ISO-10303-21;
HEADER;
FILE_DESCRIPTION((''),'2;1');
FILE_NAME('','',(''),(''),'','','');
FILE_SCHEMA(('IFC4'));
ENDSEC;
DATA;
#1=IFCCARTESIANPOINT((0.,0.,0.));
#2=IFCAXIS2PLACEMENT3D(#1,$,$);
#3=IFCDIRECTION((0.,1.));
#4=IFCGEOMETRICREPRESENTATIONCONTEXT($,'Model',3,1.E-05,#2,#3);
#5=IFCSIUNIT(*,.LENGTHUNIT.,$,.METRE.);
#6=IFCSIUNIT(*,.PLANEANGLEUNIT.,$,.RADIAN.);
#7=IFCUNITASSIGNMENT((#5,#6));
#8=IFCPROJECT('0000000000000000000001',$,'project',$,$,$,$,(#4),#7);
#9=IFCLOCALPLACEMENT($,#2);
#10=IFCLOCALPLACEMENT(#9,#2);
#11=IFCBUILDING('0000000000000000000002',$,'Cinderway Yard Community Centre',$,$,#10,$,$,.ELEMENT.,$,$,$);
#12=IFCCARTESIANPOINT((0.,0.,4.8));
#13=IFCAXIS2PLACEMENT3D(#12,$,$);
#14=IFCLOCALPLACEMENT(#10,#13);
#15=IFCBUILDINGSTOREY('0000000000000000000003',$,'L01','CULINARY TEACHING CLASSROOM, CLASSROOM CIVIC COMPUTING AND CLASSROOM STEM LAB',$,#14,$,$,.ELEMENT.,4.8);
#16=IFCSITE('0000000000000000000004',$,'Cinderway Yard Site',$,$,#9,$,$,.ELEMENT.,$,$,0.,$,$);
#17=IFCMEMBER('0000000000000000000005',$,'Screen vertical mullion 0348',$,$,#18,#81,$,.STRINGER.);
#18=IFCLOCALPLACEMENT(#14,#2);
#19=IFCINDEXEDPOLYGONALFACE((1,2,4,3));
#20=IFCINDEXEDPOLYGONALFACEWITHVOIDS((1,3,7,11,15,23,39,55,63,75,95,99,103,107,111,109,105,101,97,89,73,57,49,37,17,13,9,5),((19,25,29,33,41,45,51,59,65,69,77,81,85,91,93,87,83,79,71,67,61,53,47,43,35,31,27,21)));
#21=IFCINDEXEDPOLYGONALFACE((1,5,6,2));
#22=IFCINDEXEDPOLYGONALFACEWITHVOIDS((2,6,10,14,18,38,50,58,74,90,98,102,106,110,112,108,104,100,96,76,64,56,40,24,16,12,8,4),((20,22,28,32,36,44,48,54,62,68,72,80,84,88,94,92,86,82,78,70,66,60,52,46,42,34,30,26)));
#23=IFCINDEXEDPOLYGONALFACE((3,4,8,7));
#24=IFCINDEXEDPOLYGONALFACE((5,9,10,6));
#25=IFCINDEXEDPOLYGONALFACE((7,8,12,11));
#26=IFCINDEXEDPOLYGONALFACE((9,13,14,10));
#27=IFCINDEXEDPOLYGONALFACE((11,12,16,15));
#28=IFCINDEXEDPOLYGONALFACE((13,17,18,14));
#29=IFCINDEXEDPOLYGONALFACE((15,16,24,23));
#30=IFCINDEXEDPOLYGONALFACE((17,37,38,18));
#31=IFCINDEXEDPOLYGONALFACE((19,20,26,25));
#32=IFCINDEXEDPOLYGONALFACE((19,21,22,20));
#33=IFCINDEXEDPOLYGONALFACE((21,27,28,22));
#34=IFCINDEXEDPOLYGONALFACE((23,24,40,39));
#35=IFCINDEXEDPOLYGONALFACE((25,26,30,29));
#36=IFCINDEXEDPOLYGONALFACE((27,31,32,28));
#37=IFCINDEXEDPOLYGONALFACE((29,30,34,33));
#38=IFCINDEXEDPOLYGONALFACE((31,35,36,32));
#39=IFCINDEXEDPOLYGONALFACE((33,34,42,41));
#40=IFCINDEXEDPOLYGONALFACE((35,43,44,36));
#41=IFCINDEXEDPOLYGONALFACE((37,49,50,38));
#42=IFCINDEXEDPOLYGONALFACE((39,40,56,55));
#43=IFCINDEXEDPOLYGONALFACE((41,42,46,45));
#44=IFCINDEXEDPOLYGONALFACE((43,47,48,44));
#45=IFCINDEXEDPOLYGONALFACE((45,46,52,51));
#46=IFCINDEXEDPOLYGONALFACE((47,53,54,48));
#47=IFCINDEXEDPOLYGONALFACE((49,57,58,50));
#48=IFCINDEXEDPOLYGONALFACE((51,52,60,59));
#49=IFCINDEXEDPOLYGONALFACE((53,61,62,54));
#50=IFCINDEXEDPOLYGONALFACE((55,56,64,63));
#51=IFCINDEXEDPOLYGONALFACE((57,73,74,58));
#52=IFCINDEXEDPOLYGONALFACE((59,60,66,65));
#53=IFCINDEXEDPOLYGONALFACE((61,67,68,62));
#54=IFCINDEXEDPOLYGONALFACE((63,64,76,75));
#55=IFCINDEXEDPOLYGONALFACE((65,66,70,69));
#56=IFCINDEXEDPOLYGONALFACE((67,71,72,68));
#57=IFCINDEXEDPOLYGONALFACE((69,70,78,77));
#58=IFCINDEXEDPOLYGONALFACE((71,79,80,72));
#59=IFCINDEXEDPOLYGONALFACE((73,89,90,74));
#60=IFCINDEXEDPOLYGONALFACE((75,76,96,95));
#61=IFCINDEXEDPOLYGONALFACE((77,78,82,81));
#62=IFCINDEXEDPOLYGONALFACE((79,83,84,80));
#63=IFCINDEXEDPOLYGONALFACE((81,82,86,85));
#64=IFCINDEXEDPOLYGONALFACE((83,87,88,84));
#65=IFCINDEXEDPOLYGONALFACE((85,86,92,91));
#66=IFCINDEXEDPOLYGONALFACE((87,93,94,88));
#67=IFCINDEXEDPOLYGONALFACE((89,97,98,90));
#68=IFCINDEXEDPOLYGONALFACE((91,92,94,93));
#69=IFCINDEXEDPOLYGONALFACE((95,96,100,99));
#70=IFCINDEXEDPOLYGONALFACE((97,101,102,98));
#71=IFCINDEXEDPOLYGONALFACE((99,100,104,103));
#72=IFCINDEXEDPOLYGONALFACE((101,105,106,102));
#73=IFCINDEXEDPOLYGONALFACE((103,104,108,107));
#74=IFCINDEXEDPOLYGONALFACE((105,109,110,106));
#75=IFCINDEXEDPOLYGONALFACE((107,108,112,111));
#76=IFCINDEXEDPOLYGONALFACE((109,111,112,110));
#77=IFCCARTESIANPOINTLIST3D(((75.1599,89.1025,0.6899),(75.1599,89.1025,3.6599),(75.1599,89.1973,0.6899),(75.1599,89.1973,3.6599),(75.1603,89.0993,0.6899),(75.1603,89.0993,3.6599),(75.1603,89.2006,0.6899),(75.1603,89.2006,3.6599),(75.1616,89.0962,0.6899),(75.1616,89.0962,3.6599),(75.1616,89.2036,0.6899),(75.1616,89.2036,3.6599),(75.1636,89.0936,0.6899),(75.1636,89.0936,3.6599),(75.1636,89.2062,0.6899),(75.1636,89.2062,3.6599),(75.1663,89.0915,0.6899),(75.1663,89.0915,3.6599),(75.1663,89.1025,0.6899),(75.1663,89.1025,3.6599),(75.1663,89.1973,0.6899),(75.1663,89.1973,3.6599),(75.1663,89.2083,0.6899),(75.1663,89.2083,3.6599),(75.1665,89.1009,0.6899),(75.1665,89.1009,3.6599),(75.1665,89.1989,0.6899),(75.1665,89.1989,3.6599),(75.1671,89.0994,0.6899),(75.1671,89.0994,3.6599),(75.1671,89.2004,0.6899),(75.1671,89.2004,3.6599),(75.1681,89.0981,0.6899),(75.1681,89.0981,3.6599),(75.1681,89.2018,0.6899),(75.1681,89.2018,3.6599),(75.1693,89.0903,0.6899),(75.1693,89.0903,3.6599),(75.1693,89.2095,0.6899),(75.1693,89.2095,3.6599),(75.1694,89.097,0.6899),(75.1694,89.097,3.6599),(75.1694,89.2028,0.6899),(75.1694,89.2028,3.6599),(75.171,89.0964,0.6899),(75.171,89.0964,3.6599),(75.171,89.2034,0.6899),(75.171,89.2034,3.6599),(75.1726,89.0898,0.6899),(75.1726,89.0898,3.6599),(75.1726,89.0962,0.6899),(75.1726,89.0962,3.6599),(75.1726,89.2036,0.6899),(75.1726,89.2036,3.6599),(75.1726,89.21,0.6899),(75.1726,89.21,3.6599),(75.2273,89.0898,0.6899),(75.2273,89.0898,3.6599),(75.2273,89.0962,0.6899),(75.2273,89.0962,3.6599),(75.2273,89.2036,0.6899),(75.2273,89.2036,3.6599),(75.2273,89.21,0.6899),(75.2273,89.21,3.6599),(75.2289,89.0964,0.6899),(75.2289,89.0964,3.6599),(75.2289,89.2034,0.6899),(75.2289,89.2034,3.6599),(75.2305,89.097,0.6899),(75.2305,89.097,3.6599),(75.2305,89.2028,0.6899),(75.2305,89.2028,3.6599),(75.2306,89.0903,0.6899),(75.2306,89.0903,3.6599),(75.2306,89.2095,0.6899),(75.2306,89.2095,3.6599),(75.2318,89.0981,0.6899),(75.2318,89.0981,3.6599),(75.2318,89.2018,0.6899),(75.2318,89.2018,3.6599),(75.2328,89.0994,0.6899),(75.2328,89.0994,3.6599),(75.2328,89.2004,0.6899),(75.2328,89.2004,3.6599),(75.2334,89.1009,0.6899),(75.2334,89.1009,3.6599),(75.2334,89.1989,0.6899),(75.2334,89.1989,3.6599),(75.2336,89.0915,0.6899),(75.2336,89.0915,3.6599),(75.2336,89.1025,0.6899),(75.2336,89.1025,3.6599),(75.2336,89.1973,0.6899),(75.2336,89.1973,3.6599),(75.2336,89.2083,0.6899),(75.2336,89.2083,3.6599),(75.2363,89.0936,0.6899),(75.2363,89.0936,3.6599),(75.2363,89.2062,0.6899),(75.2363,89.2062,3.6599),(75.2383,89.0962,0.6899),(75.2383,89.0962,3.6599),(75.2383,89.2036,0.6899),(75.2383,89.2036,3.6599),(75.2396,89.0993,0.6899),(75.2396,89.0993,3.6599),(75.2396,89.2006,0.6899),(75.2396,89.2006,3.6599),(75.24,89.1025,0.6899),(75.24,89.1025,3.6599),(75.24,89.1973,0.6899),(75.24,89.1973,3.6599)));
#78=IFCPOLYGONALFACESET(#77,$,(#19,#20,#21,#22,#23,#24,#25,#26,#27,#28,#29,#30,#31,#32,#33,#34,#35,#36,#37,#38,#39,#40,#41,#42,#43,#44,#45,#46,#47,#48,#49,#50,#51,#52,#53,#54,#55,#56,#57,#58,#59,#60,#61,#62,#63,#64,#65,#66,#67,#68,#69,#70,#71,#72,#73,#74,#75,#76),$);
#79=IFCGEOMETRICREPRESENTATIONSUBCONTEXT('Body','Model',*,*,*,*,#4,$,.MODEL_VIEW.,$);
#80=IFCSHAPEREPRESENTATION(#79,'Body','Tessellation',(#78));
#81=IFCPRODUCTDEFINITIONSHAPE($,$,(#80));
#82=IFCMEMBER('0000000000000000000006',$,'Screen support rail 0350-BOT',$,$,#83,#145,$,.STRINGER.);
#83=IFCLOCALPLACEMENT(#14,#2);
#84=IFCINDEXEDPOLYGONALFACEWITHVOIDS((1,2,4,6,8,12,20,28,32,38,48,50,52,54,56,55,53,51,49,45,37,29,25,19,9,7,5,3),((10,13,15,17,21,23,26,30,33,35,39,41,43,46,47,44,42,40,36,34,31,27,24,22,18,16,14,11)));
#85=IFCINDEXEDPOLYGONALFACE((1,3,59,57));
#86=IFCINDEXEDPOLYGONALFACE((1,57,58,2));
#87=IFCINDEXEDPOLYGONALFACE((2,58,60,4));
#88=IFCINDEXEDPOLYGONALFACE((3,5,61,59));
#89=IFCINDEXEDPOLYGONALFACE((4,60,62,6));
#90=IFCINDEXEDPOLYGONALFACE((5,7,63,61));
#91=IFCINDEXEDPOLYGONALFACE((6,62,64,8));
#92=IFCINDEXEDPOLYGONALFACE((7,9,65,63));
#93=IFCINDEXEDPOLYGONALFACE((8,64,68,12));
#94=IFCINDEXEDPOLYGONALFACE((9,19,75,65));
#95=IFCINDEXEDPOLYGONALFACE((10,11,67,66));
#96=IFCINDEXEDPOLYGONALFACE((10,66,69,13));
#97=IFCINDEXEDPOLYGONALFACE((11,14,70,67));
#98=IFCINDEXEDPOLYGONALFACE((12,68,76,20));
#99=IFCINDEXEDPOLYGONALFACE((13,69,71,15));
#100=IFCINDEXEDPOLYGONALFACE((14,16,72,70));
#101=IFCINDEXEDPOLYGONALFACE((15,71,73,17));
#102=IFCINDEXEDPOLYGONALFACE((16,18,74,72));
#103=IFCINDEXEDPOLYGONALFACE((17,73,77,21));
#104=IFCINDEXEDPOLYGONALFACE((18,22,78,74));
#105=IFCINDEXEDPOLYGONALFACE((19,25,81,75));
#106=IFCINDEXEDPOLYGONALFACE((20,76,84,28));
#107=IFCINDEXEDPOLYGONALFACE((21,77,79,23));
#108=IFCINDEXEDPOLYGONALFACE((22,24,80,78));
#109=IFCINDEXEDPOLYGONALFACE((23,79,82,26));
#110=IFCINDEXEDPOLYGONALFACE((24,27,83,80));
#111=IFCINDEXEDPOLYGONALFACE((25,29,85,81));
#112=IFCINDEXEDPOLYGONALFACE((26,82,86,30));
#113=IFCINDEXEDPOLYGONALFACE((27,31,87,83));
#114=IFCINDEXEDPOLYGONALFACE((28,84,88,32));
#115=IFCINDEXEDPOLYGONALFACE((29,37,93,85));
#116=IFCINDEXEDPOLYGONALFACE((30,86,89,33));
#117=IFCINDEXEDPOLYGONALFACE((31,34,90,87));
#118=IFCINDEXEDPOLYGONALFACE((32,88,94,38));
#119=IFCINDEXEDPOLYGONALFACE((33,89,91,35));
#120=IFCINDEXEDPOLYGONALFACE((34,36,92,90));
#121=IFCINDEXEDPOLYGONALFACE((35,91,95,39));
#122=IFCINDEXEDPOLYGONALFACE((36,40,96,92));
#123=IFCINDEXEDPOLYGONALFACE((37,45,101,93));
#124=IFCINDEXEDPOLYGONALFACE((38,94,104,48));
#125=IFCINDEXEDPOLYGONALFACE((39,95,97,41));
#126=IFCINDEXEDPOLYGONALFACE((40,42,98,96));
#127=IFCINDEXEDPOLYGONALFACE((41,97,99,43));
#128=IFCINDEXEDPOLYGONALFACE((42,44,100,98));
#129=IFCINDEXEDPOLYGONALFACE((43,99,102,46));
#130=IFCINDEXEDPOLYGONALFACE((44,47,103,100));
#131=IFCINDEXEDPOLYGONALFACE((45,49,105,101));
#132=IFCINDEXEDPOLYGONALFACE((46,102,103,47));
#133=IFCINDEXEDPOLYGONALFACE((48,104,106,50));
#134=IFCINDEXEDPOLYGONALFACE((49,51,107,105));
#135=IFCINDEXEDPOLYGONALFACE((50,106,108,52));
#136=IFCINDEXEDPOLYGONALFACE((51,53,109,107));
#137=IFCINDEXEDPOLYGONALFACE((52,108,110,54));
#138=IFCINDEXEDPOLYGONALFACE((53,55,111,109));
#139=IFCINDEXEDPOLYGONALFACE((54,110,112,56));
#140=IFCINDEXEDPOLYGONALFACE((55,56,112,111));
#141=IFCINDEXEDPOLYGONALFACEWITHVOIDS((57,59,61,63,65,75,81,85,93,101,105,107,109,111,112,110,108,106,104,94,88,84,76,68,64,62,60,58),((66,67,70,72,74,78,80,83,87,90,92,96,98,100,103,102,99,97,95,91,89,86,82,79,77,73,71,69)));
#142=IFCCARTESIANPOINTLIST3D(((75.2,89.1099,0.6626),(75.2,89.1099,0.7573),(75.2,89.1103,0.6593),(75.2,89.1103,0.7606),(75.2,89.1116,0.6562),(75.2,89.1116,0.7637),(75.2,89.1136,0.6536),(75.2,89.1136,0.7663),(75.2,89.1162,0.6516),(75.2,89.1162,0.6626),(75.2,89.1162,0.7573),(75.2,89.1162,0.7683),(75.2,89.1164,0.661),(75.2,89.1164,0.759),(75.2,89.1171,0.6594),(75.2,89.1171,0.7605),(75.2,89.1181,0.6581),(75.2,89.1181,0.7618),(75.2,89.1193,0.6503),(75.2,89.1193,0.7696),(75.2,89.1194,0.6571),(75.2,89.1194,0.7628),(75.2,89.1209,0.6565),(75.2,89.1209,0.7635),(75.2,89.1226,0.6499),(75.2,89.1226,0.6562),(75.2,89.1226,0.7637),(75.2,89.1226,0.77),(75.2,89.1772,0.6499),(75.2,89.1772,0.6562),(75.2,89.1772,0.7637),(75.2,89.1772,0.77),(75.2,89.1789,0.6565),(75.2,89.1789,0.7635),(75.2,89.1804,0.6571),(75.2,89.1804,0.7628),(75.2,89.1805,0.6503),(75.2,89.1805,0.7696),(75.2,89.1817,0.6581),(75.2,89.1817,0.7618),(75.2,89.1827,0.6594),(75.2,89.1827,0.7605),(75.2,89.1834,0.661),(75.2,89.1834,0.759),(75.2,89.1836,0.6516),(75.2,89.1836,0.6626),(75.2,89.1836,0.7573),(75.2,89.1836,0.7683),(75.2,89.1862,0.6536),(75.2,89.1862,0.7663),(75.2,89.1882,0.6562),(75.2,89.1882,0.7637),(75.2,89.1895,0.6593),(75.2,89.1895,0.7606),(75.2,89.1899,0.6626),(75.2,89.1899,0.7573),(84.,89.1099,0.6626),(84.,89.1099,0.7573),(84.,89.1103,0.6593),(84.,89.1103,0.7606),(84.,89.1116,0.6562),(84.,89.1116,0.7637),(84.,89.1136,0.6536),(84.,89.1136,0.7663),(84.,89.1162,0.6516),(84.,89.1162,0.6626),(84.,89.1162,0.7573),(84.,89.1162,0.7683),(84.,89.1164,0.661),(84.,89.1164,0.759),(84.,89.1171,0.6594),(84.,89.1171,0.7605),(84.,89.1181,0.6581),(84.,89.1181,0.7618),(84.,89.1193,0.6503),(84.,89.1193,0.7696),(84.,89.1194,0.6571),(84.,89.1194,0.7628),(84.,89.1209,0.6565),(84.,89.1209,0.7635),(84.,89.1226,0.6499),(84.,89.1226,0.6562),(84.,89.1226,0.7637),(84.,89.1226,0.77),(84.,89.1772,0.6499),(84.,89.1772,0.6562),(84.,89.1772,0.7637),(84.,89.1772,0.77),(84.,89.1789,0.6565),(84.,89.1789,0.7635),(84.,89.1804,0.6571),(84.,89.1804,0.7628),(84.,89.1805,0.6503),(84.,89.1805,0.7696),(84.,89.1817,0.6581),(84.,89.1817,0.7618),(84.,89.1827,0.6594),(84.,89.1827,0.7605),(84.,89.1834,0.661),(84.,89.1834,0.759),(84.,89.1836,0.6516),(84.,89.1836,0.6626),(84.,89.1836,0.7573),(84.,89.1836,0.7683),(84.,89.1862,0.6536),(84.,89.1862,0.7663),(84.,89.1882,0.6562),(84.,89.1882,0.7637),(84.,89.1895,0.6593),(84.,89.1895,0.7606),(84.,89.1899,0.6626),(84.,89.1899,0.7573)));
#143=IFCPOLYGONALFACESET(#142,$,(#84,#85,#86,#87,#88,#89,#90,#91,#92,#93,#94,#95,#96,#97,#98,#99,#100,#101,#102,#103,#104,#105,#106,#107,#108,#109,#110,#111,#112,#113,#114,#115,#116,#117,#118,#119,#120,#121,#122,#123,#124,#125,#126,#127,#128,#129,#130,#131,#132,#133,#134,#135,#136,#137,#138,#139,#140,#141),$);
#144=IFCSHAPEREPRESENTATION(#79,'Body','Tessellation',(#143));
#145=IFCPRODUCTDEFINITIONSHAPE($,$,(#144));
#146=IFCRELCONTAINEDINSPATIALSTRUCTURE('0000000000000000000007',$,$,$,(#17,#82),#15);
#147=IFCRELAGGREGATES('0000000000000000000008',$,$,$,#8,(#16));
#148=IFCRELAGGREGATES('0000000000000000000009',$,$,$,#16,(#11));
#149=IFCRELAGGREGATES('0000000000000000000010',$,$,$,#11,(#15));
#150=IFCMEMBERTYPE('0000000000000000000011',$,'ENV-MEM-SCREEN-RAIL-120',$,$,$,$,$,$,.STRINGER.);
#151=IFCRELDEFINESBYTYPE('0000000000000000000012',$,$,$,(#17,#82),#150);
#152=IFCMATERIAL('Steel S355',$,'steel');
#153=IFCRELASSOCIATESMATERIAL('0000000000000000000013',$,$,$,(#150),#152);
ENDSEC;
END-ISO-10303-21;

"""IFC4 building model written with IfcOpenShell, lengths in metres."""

from ifc_helpers import new_model, si_unit, direction, frame, origin, origin_2d, place, context, subcontext, project, spatial, hollow_rectangle, extrude, material, material_profile, profile_set, type_object, element, save


model = new_model("IFC4")

# Units and contexts
model_context = context("Model", 3, precision=1e-05, world=origin(), true_north=direction((0.0, 1.0)))
body_context = subcontext(model_context, "Body", "Model", "MODEL_VIEW")
ifc_project = project(units=[si_unit("LENGTHUNIT", "METRE"), si_unit("PLANEANGLEUNIT", "RADIAN")], contexts=[model_context])

# Site, building, storey
site_placement = place(None, origin())
site = spatial("IfcSite", under=ifc_project, at=site_placement, Name="Cinderway Yard Site", CompositionType="ELEMENT", RefElevation=0.0)
building_placement = place(site_placement, origin())
building = spatial("IfcBuilding", under=site, at=building_placement, Name="Cinderway Yard Community Centre", CompositionType="ELEMENT")
storey_placement = place(building_placement, frame((0.0, 0.0, 4.8)))
storey = spatial("IfcBuildingStorey", under=building, at=storey_placement, Name="L01", Description="CULINARY TEACHING CLASSROOM, CLASSROOM CIVIC COMPUTING AND CLASSROOM STEM LAB", CompositionType="ELEMENT", Elevation=4.8)

# Members
ifc_material_1 = material(Name="Steel S355", Category="steel")
ifc_material_profile_1 = material_profile(ifc_material_1, hollow_rectangle(XDim=0.0801, YDim=0.1201, WallThickness=0.0063, InnerFilletRadius=0.0063, OuterFilletRadius=0.0127, at=origin_2d()), Name="Steel S355")
ifc_profile_set_1 = profile_set([ifc_material_profile_1], Name="Steel S355")
member_type_1 = type_object("IfcMemberType", Name="ENV-MEM-SCREEN-RAIL-120", PredefinedType="STRINGER", material=ifc_profile_set_1)
member_1_placement = place(storey_placement, frame((75.2, 89.1499, 0.6899), z_axis=(0.0, 0.0, 1.0), x_axis=(1.0, 0.0, 0.0)))
element("IfcMember", 1, at=member_1_placement, inside=storey, type_object=member_type_1, Name="Screen vertical mullion 0348", PredefinedType="STRINGER", context=body_context, shape_type="SweptSolid", body=[
    extrude(hollow_rectangle(XDim=0.0801, YDim=0.1201, WallThickness=0.0063, InnerFilletRadius=0.0063, OuterFilletRadius=0.0127, at=origin_2d()), origin(), (0.0, 0.0, 1.0), 2.97),
])
for number, where, z_axis, x_axis, name in (
    (2, (75.2, 89.1499, 0.71), (1.0, 0.0, 0.0), (0.0, 1.0, 0.0), "Screen support rail 0350-BOT"),
):
    element("IfcMember", number, at=place(storey_placement, frame(where, z_axis=z_axis, x_axis=x_axis)), inside=storey, type_object=member_type_1, Name=name, PredefinedType="STRINGER", context=body_context, shape_type="SweptSolid", body=[
        extrude(hollow_rectangle(XDim=0.0801, YDim=0.1201, WallThickness=0.0063, InnerFilletRadius=0.0063, OuterFilletRadius=0.0127, at=origin_2d()), origin(), (0.0, 0.0, 1.0), 8.8),
    ])

save(model, "model.ifc")
